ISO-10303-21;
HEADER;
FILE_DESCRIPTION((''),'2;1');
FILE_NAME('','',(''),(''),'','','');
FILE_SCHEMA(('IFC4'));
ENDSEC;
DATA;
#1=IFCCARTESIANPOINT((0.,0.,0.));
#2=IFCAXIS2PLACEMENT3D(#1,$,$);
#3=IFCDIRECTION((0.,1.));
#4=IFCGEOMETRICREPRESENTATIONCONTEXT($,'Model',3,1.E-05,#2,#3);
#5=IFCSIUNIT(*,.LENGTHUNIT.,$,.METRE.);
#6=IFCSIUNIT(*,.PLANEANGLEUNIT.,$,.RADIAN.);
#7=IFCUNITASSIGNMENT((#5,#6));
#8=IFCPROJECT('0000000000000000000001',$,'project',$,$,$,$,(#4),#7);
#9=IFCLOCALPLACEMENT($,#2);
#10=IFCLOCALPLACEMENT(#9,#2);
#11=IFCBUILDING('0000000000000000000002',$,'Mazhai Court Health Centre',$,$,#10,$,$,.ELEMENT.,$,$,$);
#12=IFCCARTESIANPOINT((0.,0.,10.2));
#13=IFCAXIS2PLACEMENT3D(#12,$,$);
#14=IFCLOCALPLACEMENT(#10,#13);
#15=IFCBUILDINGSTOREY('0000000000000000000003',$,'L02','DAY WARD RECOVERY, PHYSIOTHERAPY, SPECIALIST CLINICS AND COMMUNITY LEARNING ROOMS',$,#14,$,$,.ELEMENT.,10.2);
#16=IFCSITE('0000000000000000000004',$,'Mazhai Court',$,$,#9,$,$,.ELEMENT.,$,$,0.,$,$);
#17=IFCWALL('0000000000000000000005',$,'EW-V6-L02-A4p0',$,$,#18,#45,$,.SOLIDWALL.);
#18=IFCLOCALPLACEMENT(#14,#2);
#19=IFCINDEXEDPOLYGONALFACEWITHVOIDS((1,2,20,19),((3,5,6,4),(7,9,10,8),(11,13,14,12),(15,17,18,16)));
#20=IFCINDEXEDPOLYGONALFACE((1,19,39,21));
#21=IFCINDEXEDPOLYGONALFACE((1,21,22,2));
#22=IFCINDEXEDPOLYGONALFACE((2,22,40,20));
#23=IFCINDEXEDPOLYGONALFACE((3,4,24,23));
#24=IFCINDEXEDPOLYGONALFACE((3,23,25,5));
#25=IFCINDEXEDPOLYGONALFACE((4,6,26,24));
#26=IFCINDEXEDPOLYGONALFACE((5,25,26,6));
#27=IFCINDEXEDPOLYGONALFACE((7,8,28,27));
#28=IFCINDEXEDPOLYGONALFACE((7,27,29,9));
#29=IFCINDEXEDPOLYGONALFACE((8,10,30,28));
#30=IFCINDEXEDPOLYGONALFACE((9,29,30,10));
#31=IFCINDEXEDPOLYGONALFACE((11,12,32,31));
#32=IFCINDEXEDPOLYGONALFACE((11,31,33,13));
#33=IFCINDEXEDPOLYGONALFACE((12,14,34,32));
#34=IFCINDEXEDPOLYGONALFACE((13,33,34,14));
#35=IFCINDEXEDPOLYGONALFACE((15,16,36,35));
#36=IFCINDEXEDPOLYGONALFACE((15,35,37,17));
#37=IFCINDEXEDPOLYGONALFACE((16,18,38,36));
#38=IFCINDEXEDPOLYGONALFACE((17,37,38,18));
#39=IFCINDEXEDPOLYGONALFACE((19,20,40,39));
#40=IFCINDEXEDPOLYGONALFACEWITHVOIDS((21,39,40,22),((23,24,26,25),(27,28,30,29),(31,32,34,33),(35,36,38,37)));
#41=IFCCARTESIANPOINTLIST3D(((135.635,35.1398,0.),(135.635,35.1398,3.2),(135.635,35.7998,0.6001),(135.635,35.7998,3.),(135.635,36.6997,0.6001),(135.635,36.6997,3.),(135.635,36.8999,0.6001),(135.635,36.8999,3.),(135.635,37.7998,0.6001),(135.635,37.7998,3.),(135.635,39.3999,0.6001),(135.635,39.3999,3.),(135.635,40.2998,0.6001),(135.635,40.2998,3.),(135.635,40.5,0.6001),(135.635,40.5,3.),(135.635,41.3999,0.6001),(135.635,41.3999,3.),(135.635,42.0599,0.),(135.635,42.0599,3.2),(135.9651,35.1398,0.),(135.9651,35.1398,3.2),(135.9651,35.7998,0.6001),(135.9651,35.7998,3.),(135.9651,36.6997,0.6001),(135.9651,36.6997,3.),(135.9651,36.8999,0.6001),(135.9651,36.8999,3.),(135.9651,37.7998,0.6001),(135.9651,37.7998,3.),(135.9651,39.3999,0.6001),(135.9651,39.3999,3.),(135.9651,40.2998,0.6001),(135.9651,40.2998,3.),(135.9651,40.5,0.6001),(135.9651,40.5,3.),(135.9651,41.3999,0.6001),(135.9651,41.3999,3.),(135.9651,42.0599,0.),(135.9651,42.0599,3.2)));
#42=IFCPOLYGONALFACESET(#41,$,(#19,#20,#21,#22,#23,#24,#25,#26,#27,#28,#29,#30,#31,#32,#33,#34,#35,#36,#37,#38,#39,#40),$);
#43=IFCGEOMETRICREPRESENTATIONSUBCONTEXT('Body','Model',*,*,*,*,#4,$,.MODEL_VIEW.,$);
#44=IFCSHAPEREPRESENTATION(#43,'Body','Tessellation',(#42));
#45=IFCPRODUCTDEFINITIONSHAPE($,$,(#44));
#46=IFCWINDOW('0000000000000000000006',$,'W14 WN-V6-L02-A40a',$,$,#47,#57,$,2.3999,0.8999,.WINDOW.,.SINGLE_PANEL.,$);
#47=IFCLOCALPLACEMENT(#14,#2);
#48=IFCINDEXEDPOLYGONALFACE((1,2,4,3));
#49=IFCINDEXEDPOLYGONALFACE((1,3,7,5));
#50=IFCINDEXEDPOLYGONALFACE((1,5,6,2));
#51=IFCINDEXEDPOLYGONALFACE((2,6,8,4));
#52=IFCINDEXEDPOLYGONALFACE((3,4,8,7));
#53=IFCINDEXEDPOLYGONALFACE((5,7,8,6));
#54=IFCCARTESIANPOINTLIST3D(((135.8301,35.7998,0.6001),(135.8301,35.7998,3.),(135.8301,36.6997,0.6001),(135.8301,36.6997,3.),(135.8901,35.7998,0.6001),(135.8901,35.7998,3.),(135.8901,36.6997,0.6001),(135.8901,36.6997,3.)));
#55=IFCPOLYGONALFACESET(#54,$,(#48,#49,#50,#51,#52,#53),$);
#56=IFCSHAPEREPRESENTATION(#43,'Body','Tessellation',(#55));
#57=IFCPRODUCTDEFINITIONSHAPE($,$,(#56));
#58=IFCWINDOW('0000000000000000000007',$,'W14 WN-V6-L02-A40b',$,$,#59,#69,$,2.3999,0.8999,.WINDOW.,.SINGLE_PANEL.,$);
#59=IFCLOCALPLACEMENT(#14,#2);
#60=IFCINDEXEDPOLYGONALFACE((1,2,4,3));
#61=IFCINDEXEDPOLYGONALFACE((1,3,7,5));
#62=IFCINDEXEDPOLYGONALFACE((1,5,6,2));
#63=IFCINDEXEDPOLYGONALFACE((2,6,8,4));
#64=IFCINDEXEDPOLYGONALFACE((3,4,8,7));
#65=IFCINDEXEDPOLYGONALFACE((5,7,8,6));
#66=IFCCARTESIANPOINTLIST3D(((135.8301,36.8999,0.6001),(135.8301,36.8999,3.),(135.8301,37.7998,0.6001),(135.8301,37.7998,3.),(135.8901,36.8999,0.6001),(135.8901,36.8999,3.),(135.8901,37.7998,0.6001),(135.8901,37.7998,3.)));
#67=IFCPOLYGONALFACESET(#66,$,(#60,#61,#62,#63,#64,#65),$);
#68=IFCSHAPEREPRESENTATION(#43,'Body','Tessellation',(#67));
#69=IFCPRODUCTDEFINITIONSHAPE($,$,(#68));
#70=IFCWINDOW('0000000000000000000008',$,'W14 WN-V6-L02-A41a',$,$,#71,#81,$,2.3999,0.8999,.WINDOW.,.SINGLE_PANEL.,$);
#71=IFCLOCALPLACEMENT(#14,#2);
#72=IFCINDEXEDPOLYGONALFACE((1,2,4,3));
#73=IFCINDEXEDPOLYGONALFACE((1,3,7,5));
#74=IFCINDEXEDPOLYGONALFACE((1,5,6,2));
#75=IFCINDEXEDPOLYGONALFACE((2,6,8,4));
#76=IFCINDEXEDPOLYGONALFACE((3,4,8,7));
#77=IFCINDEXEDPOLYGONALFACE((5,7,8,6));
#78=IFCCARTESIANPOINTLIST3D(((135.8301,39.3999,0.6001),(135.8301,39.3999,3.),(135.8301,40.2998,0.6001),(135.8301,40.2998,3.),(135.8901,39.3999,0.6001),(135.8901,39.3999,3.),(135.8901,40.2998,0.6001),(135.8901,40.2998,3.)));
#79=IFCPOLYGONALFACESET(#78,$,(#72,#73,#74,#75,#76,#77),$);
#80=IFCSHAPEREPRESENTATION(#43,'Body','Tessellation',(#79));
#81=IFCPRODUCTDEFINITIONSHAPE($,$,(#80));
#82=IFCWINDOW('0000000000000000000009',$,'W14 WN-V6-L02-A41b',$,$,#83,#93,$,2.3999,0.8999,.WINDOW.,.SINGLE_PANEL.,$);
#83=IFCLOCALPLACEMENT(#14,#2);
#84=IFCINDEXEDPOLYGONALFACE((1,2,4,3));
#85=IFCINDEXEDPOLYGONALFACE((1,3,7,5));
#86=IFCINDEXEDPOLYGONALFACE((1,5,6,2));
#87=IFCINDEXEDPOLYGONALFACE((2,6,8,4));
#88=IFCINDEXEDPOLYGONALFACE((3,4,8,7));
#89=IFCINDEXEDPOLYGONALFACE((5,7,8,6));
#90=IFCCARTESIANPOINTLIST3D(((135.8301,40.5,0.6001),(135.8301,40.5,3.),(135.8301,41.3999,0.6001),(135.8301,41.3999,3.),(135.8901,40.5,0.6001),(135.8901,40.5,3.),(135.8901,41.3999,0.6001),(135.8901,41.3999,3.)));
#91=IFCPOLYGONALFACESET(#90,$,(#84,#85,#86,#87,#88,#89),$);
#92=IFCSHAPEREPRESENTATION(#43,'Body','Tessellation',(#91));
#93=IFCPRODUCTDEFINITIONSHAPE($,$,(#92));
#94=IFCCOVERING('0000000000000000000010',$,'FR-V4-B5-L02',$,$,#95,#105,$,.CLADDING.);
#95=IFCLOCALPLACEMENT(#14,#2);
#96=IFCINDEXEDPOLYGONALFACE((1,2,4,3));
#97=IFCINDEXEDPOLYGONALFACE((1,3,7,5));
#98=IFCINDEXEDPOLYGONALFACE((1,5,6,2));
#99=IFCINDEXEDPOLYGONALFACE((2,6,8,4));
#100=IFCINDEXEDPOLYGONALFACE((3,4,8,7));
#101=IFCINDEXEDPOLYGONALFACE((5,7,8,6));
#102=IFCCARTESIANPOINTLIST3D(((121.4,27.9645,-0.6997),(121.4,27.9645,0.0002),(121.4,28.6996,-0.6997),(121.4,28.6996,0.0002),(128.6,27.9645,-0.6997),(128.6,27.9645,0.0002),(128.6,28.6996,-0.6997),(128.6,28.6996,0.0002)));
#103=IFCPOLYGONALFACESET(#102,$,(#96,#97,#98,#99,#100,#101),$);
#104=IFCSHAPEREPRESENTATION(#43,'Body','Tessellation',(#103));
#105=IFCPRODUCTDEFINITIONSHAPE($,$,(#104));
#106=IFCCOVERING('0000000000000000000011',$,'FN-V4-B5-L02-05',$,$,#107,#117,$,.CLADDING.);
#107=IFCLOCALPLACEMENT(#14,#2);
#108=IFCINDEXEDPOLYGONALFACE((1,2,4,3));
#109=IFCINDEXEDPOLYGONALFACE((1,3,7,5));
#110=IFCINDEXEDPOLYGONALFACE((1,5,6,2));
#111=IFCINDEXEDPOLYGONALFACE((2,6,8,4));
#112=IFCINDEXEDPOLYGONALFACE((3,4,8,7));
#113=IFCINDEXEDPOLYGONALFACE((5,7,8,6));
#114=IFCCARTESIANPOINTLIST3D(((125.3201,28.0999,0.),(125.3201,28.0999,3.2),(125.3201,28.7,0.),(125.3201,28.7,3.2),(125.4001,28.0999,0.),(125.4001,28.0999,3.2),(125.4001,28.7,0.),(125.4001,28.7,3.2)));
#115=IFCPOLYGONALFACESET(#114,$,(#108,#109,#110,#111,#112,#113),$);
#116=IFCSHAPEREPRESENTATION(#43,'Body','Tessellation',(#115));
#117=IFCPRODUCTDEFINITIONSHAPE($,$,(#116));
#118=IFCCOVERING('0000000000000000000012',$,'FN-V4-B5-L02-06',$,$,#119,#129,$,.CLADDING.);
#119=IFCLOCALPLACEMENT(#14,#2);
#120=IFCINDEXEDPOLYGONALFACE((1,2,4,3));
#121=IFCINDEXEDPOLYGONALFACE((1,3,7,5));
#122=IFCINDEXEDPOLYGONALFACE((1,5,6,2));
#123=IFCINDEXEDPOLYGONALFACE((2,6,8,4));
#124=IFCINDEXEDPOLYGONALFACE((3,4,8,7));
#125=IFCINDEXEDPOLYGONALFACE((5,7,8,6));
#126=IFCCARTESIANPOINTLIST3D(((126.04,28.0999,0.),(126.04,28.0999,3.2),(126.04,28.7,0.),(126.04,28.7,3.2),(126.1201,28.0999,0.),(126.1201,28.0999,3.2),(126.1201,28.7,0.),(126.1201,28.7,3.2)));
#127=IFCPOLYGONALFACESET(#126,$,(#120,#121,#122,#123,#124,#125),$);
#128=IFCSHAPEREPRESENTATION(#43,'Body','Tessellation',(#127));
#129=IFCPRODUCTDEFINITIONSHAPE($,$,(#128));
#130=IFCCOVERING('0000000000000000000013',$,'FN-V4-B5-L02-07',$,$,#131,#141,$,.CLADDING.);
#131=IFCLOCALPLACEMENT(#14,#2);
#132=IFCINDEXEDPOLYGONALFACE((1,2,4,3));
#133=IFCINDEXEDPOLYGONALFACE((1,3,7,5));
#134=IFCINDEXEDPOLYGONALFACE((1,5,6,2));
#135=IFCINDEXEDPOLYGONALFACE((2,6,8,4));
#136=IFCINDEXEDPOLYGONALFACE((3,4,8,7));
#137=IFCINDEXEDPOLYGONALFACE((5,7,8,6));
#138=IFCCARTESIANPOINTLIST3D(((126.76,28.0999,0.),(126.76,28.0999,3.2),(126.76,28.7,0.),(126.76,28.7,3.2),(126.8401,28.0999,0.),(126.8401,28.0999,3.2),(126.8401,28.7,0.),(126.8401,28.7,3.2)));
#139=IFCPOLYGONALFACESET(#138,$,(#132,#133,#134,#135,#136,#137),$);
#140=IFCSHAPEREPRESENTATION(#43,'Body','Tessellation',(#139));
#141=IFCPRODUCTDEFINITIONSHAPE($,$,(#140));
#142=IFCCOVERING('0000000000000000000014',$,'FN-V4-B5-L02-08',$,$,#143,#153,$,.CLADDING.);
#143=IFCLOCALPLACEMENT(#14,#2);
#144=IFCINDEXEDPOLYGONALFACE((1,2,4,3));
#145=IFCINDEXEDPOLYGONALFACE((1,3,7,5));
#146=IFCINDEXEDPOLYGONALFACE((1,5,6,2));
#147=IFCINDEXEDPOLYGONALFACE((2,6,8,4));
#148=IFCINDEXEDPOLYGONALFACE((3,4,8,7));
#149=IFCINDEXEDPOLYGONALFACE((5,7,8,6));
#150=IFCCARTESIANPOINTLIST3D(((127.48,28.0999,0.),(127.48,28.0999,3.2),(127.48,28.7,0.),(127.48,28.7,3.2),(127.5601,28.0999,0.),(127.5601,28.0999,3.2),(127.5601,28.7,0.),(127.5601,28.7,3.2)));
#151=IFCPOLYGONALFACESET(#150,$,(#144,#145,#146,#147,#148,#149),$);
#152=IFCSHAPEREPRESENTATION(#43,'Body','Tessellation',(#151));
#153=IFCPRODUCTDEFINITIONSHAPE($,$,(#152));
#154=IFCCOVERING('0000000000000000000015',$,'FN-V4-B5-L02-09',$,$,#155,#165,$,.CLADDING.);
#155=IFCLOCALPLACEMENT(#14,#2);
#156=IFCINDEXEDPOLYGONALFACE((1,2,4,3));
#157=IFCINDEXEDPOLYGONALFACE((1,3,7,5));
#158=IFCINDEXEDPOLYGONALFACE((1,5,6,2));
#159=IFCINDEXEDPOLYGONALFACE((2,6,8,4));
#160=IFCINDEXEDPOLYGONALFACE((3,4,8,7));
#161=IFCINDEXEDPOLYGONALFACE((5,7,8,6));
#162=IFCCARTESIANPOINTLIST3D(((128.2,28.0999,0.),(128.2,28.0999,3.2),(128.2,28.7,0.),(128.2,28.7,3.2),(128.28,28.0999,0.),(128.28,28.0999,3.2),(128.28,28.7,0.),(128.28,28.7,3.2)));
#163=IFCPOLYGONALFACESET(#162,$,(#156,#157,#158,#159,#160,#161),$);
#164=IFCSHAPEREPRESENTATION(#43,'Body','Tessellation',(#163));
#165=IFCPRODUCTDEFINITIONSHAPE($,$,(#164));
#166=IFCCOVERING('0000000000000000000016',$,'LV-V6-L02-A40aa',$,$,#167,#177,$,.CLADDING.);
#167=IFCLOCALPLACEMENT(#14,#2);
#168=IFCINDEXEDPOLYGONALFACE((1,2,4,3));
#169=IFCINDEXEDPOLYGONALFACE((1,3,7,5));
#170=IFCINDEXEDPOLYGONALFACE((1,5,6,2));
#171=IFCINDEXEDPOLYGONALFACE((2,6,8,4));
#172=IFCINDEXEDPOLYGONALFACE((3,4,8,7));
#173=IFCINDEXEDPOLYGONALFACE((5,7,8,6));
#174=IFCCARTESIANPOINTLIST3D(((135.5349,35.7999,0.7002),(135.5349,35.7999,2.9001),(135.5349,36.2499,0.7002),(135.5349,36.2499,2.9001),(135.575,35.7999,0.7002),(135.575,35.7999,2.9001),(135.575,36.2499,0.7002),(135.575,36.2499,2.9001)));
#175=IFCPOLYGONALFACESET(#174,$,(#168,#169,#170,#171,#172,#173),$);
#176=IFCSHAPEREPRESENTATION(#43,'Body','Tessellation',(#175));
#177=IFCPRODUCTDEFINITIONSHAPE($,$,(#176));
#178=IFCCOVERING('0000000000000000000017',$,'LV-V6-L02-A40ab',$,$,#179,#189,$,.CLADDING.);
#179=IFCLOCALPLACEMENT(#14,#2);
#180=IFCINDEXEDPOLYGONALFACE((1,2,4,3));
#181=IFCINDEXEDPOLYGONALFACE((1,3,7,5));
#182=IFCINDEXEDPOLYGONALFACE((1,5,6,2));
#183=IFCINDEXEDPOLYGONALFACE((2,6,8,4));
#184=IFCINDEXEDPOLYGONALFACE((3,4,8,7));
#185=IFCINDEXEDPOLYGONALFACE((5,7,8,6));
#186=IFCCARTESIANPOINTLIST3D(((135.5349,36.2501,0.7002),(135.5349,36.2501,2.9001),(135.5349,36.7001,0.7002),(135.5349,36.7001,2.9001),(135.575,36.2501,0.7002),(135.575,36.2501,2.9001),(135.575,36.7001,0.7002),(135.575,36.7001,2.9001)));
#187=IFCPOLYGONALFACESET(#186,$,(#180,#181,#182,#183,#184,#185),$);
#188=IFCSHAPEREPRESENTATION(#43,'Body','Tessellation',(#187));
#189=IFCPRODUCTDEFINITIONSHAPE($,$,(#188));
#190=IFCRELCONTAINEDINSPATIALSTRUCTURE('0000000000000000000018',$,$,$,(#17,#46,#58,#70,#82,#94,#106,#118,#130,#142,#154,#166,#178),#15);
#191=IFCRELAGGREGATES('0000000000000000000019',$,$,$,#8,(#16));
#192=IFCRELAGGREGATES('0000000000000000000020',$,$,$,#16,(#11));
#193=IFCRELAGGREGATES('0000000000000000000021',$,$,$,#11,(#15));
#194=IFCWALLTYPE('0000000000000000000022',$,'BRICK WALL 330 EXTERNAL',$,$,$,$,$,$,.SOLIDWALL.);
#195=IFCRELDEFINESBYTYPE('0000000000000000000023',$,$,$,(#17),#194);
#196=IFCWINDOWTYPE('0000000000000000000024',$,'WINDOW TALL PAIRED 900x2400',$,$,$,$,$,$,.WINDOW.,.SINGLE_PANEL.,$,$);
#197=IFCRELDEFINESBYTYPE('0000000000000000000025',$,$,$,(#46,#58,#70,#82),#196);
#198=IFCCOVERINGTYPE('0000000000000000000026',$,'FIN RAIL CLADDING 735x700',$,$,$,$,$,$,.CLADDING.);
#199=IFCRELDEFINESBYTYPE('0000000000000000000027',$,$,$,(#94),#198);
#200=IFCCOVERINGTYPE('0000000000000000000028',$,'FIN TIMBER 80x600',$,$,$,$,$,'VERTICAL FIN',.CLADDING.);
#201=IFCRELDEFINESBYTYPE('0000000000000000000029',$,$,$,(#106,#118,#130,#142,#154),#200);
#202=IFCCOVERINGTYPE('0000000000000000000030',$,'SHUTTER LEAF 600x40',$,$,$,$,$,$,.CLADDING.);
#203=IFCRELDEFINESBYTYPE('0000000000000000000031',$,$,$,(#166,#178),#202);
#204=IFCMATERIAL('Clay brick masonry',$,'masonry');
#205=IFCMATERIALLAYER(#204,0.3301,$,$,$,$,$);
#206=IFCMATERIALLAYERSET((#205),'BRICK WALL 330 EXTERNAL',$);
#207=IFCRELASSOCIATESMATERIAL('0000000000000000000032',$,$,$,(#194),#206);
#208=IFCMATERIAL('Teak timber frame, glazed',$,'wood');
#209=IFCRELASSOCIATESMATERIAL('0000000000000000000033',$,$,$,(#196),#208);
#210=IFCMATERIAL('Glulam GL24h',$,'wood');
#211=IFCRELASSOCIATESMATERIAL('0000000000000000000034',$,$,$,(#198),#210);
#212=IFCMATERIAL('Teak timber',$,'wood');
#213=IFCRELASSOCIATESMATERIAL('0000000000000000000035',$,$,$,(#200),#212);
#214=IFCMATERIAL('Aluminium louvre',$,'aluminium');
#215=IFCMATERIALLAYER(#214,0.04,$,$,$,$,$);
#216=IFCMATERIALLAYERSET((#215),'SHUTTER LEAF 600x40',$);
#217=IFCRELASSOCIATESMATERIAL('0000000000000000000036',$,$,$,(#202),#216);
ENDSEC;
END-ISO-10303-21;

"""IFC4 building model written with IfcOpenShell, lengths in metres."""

from ifc_helpers import new_model, si_unit, direction, frame, frame_2d, origin, origin_2d, place, context, subcontext, project, spatial, rectangle, extrude, material, layer, layer_set, type_object, element, fill, save


model = new_model("IFC4")

# Units and contexts
model_context = context("Model", 3, precision=1e-05, world=origin(), true_north=direction((0.0, 1.0)))
body_context = subcontext(model_context, "Body", "Model", "MODEL_VIEW")
ifc_project = project(units=[si_unit("LENGTHUNIT", "METRE"), si_unit("PLANEANGLEUNIT", "RADIAN")], contexts=[model_context])

# Site, building, storey
site_placement = place(None, origin())
site = spatial("IfcSite", under=ifc_project, at=site_placement, Name="Mazhai Court", CompositionType="ELEMENT", RefElevation=0.0)
building_placement = place(site_placement, origin())
building = spatial("IfcBuilding", under=site, at=building_placement, Name="Mazhai Court Health Centre", CompositionType="ELEMENT")
storey_placement = place(building_placement, frame((0.0, 0.0, 10.2)))
storey = spatial("IfcBuildingStorey", under=building, at=storey_placement, Name="L02", Description="DAY WARD RECOVERY, PHYSIOTHERAPY, SPECIALIST CLINICS AND COMMUNITY LEARNING ROOMS", CompositionType="ELEMENT", Elevation=10.2)

# Shared definitions
ifc_material_1 = material(Name="Clay brick masonry", Category="masonry")
ifc_layer_1 = layer(ifc_material_1, 0.3301)
ifc_layer_set_1 = layer_set([ifc_layer_1], Name="BRICK WALL 330 EXTERNAL")
wall_type_1 = type_object("IfcWallType", Name="BRICK WALL 330 EXTERNAL", PredefinedType="SOLIDWALL", material=ifc_layer_set_1)

# Wall, openings, windows
wall_1_placement = place(storey_placement, frame((135.8, 35.1399, 0.0), z_axis=(0.0, 0.0, 1.0), x_axis=(0.0, 1.0, 0.0)))
wall_1 = element("IfcWall", 1, at=wall_1_placement, inside=storey, type_object=wall_type_1, Name="EW-V6-L02-A4p0", PredefinedType="SOLIDWALL", context=body_context, shape_type="SweptSolid", body=[
    extrude(rectangle(XDim=6.9202, YDim=0.3301, at=frame_2d((3.46, 0.0))), origin(), (0.0, 0.0, 1.0), 3.2),
])
opening_1_placement = place(wall_1_placement, frame((0.6599, 0.0, 0.6001)))
opening_1 = element("IfcOpeningElement", 2, at=opening_1_placement, cuts=wall_1, PredefinedType="OPENING", context=body_context, shape_type="SweptSolid", body=[
    extrude(rectangle(XDim=0.8999, YDim=2.3999, at=frame_2d((0.45, 1.2))), frame((0.0, 0.175, 0.0), z_axis=(0.0, -1.0, 0.0), x_axis=(1.0, 0.0, 0.0)), (0.0, 0.0, 1.0), 0.3501),
])
opening_2_placement = place(wall_1_placement, frame((1.76, 0.0, 0.6001)))
opening_2 = element("IfcOpeningElement", 3, at=opening_2_placement, cuts=wall_1, PredefinedType="OPENING", context=body_context, shape_type="SweptSolid", body=[
    extrude(rectangle(XDim=0.8999, YDim=2.3999, at=frame_2d((0.45, 1.2))), frame((0.0, 0.175, 0.0), z_axis=(0.0, -1.0, 0.0), x_axis=(1.0, 0.0, 0.0)), (0.0, 0.0, 1.0), 0.3501),
])
opening_3_placement = place(wall_1_placement, frame((4.26, 0.0, 0.6001)))
opening_3 = element("IfcOpeningElement", 4, at=opening_3_placement, cuts=wall_1, PredefinedType="OPENING", context=body_context, shape_type="SweptSolid", body=[
    extrude(rectangle(XDim=0.8999, YDim=2.3999, at=frame_2d((0.45, 1.2))), frame((0.0, 0.175, 0.0), z_axis=(0.0, -1.0, 0.0), x_axis=(1.0, 0.0, 0.0)), (0.0, 0.0, 1.0), 0.3501),
])
opening_4_placement = place(wall_1_placement, frame((5.3601, 0.0, 0.6001)))
opening_4 = element("IfcOpeningElement", 5, at=opening_4_placement, cuts=wall_1, PredefinedType="OPENING", context=body_context, shape_type="SweptSolid", body=[
    extrude(rectangle(XDim=0.8999, YDim=2.3999, at=frame_2d((0.45, 1.2))), frame((0.0, 0.175, 0.0), z_axis=(0.0, -1.0, 0.0), x_axis=(1.0, 0.0, 0.0)), (0.0, 0.0, 1.0), 0.3501),
])
ifc_material_2 = material(Name="Teak timber frame, glazed", Category="wood")
window_type = type_object("IfcWindowType", Name="WINDOW TALL PAIRED 900x2400", PartitioningType="SINGLE_PANEL", PredefinedType="WINDOW", material=ifc_material_2)
window_1_placement = place(opening_1_placement, origin())
window_1 = element("IfcWindow", 6, at=window_1_placement, inside=storey, type_object=window_type, Name="W14 WN-V6-L02-A40a", OverallHeight=2.3999, OverallWidth=0.8999, PartitioningType="SINGLE_PANEL", PredefinedType="WINDOW", context=body_context, shape_type="SweptSolid", body=[
    extrude(rectangle(XDim=0.8999, YDim=2.3999, at=frame_2d((0.45, 1.2))), frame((0.0, -0.03, 0.0), z_axis=(0.0, -1.0, 0.0), x_axis=(1.0, 0.0, 0.0)), (0.0, 0.0, 1.0), 0.0601),
])
fill(opening_1, window_1)
window_2_placement = place(opening_2_placement, origin())
window_2 = element("IfcWindow", 7, at=window_2_placement, inside=storey, type_object=window_type, Name="W14 WN-V6-L02-A40b", OverallHeight=2.3999, OverallWidth=0.8999, PartitioningType="SINGLE_PANEL", PredefinedType="WINDOW", context=body_context, shape_type="SweptSolid", body=[
    extrude(rectangle(XDim=0.8999, YDim=2.3999, at=frame_2d((0.45, 1.2))), frame((0.0, -0.03, 0.0), z_axis=(0.0, -1.0, 0.0), x_axis=(1.0, 0.0, 0.0)), (0.0, 0.0, 1.0), 0.0601),
])
fill(opening_2, window_2)
window_3_placement = place(opening_3_placement, origin())
window_3 = element("IfcWindow", 8, at=window_3_placement, inside=storey, type_object=window_type, Name="W14 WN-V6-L02-A41a", OverallHeight=2.3999, OverallWidth=0.8999, PartitioningType="SINGLE_PANEL", PredefinedType="WINDOW", context=body_context, shape_type="SweptSolid", body=[
    extrude(rectangle(XDim=0.8999, YDim=2.3999, at=frame_2d((0.45, 1.2))), frame((0.0, -0.03, 0.0), z_axis=(0.0, -1.0, 0.0), x_axis=(1.0, 0.0, 0.0)), (0.0, 0.0, 1.0), 0.0601),
])
fill(opening_3, window_3)
window_4_placement = place(opening_4_placement, origin())
window_4 = element("IfcWindow", 9, at=window_4_placement, inside=storey, type_object=window_type, Name="W14 WN-V6-L02-A41b", OverallHeight=2.3999, OverallWidth=0.8999, PartitioningType="SINGLE_PANEL", PredefinedType="WINDOW", context=body_context, shape_type="SweptSolid", body=[
    extrude(rectangle(XDim=0.8999, YDim=2.3999, at=frame_2d((0.45, 1.2))), frame((0.0, -0.03, 0.0), z_axis=(0.0, -1.0, 0.0), x_axis=(1.0, 0.0, 0.0)), (0.0, 0.0, 1.0), 0.0601),
])
fill(opening_4, window_4)

# Coverings
ifc_material_3 = material(Name="Glulam GL24h", Category="wood")
covering_type_1 = type_object("IfcCoveringType", Name="FIN RAIL CLADDING 735x700", PredefinedType="CLADDING", material=ifc_material_3)
covering_placement = place(storey_placement, frame((125.0, 28.332, -0.6997), z_axis=(0.0, 0.0, 1.0), x_axis=(1.0, 0.0, 0.0)))
element("IfcCovering", 10, at=covering_placement, inside=storey, type_object=covering_type_1, Name="FR-V4-B5-L02", PredefinedType="CLADDING", context=body_context, shape_type="SweptSolid", body=[
    extrude(rectangle(XDim=7.2, YDim=0.7351, at=origin_2d()), origin(), (0.0, 0.0, 1.0), 0.7),
])
ifc_material_4 = material(Name="Teak timber", Category="wood")
covering_type_2 = type_object("IfcCoveringType", Name="FIN TIMBER 80x600", ElementType="VERTICAL FIN", PredefinedType="CLADDING", material=ifc_material_4)
for number, where, z_axis, x_axis, name in (
    (11, (125.3601, 28.3999, 0.0), (0.0, 0.0, 1.0), (1.0, 0.0, 0.0), "FN-V4-B5-L02-05"),
    (12, (126.0801, 28.3999, 0.0), (0.0, 0.0, 1.0), (1.0, 0.0, 0.0), "FN-V4-B5-L02-06"),
    (13, (126.8, 28.3999, 0.0), (0.0, 0.0, 1.0), (1.0, 0.0, 0.0), "FN-V4-B5-L02-07"),
    (14, (127.52, 28.3999, 0.0), (0.0, 0.0, 1.0), (1.0, 0.0, 0.0), "FN-V4-B5-L02-08"),
    (15, (128.24, 28.3999, 0.0), (0.0, 0.0, 1.0), (1.0, 0.0, 0.0), "FN-V4-B5-L02-09"),
):
    element("IfcCovering", number, at=place(storey_placement, frame(where, z_axis=z_axis, x_axis=x_axis)), inside=storey, type_object=covering_type_2, Name=name, PredefinedType="CLADDING", context=body_context, shape_type="SweptSolid", body=[
        extrude(rectangle(XDim=0.0801, YDim=0.6001, at=origin_2d()), origin(), (0.0, 0.0, 1.0), 3.2),
    ])
ifc_material_5 = material(Name="Aluminium louvre", Category="aluminium")
ifc_layer_2 = layer(ifc_material_5, 0.04)
ifc_layer_set_2 = layer_set([ifc_layer_2], Name="SHUTTER LEAF 600x40")
covering_type_3 = type_object("IfcCoveringType", Name="SHUTTER LEAF 600x40", PredefinedType="CLADDING", material=ifc_layer_set_2)
for number, where, z_axis, x_axis, name in (
    (16, (135.5549, 36.0249, 0.7002), (0.0, 0.0, 1.0), (0.0, 1.0, 0.0), "LV-V6-L02-A40aa"),
    (17, (135.5549, 36.4751, 0.7002), (0.0, 0.0, 1.0), (0.0, 1.0, 0.0), "LV-V6-L02-A40ab"),
):
    element("IfcCovering", number, at=place(storey_placement, frame(where, z_axis=z_axis, x_axis=x_axis)), inside=storey, type_object=covering_type_3, Name=name, PredefinedType="CLADDING", context=body_context, shape_type="SweptSolid", body=[
        extrude(rectangle(XDim=0.45, YDim=0.04, at=origin_2d()), origin(), (0.0, 0.0, 1.0), 2.2),
    ])

save(model, "model.ifc")
